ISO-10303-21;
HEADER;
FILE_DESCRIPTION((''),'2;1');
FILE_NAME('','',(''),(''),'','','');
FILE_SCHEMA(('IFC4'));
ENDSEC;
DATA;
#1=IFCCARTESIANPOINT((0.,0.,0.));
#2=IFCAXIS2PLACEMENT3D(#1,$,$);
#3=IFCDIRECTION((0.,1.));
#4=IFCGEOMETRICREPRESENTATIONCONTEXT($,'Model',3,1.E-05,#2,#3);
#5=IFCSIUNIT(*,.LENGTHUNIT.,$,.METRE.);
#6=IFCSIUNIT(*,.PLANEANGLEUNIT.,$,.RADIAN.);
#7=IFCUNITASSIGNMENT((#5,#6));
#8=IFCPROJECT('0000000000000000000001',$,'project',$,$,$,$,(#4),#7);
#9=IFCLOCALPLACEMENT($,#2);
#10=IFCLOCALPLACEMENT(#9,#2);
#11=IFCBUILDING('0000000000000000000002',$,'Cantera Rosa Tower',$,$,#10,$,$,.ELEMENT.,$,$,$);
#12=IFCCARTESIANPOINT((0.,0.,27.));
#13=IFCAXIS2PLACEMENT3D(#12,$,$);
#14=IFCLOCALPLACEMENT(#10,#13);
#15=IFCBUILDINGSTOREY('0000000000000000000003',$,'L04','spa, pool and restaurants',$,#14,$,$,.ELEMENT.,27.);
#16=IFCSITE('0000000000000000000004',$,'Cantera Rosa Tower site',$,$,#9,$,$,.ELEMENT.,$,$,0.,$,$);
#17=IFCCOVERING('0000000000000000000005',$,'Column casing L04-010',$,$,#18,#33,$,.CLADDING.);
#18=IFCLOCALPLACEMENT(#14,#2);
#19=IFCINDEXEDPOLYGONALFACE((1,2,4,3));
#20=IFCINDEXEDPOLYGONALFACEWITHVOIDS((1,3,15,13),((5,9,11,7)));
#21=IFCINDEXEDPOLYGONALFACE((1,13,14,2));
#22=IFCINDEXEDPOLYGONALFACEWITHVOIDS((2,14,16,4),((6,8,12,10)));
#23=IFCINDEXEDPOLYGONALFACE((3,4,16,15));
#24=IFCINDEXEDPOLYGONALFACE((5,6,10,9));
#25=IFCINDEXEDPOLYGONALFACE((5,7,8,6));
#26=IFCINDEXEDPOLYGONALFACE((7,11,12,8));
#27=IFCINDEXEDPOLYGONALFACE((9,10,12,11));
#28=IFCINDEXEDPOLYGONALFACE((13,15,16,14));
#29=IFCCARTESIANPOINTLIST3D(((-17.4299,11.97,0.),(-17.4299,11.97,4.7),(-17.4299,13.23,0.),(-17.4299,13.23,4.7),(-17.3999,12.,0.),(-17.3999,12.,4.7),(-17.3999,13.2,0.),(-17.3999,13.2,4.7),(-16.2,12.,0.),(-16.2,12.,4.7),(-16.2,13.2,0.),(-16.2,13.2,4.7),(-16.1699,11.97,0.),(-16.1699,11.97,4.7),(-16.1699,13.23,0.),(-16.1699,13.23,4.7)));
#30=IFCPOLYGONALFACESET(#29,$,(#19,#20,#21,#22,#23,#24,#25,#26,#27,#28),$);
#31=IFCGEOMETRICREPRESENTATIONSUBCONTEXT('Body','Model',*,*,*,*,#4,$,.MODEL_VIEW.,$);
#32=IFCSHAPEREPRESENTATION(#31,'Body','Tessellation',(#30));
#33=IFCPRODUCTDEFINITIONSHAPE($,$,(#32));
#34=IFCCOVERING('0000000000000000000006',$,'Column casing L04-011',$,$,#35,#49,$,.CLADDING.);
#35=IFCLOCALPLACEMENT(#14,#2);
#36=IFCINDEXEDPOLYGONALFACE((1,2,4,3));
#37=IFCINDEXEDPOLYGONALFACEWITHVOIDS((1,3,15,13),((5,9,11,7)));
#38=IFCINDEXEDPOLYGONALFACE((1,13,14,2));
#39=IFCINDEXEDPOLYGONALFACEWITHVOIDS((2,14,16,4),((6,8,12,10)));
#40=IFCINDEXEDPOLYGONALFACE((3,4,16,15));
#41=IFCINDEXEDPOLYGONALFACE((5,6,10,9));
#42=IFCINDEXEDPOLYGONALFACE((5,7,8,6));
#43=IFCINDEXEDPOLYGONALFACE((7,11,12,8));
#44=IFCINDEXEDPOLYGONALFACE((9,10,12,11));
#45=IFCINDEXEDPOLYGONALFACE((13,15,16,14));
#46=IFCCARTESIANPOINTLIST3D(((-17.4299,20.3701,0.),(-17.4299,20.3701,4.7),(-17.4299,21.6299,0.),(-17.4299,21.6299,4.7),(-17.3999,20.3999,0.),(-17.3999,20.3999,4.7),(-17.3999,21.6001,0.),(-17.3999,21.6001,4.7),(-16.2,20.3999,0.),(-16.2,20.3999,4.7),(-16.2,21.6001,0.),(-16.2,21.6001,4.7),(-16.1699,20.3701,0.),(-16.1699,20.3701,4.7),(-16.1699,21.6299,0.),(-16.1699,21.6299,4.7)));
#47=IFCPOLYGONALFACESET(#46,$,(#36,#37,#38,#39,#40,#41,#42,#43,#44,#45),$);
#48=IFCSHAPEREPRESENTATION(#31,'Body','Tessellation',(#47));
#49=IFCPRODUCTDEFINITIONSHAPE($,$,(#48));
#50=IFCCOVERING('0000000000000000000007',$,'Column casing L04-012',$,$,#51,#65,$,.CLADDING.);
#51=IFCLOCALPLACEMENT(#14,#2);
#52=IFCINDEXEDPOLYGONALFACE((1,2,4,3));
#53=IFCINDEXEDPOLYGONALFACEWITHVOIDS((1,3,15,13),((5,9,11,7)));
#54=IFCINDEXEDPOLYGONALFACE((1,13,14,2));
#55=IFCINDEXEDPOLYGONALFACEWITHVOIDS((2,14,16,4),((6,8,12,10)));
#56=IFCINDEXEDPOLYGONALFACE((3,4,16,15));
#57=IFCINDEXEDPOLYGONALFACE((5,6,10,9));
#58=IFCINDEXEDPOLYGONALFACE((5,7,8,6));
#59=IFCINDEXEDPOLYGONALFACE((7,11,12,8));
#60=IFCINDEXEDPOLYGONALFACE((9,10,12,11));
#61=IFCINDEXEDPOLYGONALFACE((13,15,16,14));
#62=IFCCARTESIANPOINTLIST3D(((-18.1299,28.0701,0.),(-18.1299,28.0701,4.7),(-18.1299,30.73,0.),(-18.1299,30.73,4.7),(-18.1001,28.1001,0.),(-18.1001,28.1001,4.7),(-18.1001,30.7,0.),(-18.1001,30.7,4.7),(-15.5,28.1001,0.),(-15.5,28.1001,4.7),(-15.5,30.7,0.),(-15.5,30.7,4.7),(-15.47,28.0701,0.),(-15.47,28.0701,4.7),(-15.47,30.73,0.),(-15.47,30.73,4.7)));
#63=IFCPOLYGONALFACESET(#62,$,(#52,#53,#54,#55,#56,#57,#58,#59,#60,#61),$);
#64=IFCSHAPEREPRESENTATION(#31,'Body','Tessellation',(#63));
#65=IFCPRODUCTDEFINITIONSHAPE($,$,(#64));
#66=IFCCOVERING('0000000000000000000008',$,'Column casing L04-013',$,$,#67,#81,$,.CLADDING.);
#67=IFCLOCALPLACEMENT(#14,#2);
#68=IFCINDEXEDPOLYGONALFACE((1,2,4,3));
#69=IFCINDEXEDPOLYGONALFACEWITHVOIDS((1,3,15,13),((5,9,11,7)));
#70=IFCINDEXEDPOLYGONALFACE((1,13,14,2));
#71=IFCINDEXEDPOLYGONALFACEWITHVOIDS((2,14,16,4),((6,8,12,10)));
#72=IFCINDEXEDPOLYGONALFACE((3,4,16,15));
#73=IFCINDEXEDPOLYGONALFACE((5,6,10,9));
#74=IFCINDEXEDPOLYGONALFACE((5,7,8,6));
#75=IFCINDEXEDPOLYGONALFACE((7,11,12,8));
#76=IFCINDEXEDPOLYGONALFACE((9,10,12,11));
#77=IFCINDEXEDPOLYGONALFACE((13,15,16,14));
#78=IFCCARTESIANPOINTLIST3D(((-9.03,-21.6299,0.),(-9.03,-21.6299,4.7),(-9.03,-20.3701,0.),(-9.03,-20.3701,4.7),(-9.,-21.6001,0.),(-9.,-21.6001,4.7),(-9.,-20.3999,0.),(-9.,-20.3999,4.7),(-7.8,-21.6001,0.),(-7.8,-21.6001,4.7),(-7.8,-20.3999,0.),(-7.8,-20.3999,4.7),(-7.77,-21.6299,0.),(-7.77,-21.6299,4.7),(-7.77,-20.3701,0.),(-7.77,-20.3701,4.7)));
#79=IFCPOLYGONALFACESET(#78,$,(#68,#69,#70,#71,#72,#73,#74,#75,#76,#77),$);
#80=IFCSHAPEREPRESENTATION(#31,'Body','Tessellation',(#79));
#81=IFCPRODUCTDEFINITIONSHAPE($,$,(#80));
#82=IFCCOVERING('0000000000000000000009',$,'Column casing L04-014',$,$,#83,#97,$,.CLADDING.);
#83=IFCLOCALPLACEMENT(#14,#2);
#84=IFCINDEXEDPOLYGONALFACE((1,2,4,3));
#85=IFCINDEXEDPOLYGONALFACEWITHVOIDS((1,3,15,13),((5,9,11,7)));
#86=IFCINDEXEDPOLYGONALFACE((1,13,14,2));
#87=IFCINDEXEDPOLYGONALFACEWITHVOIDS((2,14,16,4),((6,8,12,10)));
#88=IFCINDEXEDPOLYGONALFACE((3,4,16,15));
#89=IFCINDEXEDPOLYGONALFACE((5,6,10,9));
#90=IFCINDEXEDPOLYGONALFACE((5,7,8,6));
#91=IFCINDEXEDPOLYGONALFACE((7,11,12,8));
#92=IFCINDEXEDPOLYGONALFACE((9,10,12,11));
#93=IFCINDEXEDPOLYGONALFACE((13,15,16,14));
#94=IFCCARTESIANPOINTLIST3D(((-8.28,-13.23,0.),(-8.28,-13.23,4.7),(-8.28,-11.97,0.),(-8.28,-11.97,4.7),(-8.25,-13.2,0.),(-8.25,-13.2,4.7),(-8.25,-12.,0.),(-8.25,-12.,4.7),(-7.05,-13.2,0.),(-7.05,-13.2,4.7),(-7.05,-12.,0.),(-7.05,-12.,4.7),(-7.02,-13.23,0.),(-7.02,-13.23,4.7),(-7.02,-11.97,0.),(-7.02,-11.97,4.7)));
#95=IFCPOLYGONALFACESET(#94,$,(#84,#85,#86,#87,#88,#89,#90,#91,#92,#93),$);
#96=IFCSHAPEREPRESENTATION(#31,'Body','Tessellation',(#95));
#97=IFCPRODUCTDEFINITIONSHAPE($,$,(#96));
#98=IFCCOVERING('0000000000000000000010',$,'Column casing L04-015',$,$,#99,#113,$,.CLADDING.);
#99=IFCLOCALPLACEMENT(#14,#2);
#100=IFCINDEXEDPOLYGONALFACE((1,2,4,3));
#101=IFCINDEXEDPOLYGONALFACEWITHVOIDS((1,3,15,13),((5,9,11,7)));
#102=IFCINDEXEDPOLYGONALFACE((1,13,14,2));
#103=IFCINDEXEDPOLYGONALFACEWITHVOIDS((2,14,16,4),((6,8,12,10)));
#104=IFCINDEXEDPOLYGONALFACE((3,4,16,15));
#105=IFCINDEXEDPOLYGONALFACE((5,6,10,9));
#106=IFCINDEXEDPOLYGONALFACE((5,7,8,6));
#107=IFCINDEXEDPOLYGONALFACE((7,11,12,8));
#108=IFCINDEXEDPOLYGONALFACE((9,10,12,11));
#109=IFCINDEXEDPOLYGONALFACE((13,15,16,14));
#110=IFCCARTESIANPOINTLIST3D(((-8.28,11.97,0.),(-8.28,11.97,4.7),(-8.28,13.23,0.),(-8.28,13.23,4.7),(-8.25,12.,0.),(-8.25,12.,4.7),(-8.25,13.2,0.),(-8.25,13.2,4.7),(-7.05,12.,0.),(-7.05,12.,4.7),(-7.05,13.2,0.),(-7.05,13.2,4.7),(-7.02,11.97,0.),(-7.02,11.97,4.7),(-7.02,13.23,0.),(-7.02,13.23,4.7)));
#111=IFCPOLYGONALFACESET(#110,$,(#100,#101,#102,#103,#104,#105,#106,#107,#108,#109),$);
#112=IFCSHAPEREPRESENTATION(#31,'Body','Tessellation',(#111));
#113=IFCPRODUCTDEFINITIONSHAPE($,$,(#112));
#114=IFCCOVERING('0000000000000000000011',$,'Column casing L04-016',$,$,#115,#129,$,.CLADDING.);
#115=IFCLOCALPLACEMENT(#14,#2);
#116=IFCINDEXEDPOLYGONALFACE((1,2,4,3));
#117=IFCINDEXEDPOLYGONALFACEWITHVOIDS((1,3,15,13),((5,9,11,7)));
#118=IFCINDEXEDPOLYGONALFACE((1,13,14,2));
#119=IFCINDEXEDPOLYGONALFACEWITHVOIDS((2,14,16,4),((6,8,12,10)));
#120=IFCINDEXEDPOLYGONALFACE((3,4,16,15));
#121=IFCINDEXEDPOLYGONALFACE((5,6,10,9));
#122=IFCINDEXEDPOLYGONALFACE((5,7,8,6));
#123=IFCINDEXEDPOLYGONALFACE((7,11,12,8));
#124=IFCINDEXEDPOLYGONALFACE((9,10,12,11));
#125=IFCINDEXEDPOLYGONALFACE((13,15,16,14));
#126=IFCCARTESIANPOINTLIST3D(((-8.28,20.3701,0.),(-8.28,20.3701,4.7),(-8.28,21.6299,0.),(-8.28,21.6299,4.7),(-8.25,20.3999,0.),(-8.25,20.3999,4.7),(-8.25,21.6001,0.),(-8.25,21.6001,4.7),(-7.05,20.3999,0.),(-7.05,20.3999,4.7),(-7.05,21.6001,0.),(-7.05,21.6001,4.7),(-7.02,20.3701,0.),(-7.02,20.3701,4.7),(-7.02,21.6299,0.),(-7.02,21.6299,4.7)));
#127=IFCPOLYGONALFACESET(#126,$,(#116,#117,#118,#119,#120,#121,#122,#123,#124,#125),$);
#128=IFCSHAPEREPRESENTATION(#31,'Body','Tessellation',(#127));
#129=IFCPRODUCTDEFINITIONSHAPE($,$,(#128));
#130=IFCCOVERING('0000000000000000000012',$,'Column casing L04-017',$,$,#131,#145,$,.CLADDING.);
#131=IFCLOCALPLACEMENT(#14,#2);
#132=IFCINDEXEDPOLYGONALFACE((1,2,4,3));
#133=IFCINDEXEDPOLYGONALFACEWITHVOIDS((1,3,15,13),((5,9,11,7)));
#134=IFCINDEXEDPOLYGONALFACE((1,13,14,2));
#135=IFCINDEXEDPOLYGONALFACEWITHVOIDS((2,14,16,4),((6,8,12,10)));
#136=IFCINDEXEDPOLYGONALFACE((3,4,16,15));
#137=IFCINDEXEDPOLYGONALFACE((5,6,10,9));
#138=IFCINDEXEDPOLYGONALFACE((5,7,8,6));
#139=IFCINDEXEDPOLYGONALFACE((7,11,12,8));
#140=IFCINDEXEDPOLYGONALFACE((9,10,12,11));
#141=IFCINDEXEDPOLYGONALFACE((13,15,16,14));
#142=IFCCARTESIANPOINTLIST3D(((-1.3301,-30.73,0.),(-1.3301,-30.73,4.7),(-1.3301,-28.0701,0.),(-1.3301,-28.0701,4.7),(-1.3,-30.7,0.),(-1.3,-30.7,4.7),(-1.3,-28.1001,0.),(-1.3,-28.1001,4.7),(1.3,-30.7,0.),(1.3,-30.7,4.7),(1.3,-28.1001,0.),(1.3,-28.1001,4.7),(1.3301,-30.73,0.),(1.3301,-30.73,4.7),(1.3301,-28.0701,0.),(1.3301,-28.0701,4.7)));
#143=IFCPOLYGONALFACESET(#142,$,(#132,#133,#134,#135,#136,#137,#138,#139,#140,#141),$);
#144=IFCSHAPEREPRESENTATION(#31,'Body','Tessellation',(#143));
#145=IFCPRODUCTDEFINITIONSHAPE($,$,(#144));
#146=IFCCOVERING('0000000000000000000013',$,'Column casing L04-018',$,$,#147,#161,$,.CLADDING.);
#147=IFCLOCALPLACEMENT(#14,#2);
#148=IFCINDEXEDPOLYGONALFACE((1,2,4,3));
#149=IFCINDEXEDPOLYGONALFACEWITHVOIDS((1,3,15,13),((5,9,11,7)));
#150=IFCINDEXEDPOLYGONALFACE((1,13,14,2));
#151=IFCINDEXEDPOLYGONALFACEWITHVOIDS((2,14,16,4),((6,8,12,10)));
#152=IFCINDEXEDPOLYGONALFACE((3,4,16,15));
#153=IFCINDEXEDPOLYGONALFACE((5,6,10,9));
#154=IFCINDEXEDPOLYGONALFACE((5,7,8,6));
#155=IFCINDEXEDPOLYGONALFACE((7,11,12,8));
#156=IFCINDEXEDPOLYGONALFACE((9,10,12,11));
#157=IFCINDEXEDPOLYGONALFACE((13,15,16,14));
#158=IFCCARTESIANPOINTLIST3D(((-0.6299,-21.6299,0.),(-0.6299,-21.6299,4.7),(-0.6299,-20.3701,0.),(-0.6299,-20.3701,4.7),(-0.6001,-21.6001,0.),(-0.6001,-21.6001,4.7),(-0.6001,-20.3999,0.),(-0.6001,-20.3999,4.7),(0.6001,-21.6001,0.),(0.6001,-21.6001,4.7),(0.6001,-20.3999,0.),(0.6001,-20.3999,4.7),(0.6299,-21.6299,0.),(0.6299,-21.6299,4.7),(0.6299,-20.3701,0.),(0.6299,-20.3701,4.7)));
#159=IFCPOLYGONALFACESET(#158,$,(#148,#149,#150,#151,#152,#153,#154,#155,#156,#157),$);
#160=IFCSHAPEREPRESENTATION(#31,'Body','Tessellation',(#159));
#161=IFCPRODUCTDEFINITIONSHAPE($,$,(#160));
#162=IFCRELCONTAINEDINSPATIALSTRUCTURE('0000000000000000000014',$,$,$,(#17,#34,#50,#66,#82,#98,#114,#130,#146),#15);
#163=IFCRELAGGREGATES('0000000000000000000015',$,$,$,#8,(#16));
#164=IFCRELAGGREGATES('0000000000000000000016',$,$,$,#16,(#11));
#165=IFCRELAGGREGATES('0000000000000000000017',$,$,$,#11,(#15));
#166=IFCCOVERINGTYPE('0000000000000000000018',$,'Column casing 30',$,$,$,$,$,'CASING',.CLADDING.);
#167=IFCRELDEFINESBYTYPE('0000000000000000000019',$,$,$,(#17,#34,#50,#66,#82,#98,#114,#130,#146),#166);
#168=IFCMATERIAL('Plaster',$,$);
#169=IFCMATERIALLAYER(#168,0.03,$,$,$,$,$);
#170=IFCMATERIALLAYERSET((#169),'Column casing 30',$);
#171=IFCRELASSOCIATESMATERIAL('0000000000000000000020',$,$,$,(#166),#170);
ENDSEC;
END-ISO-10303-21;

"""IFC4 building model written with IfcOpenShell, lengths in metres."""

from ifc_helpers import new_model, si_unit, direction, frame, origin, place, context, subcontext, project, spatial, polyline, outline, extrude, material, layer, layer_set, type_object, element, save


model = new_model("IFC4")

# Units and contexts
model_context = context("Model", 3, precision=1e-05, world=origin(), true_north=direction((0.0, 1.0)))
body_context = subcontext(model_context, "Body", "Model", "MODEL_VIEW")
ifc_project = project(units=[si_unit("LENGTHUNIT", "METRE"), si_unit("PLANEANGLEUNIT", "RADIAN")], contexts=[model_context])

# Site, building, storey
site_placement = place(None, origin())
site = spatial("IfcSite", under=ifc_project, at=site_placement, Name="Cantera Rosa Tower site", CompositionType="ELEMENT", RefElevation=0.0)
building_placement = place(site_placement, origin())
building = spatial("IfcBuilding", under=site, at=building_placement, Name="Cantera Rosa Tower", CompositionType="ELEMENT")
storey_placement = place(building_placement, frame((0.0, 0.0, 27.0)))
storey = spatial("IfcBuildingStorey", under=building, at=storey_placement, Name="L04", Description="spa, pool and restaurants", CompositionType="ELEMENT", Elevation=27.0)

# Coverings
ifc_material_1 = material(Name="Plaster")
ifc_layer_1 = layer(ifc_material_1, 0.03)
ifc_layer_set_1 = layer_set([ifc_layer_1], Name="Column casing 30")
covering_type = type_object("IfcCoveringType", Name="Column casing 30", ElementType="CASING", PredefinedType="CLADDING", material=ifc_layer_set_1)
covering_1_placement = place(storey_placement, origin())
element("IfcCovering", 1, at=covering_1_placement, inside=storey, type_object=covering_type, Name="Column casing L04-010", PredefinedType="CLADDING", context=body_context, shape_type="SweptSolid", body=[
    extrude(outline(polyline([(-17.4299, 11.97), (-16.1699, 11.97), (-16.1699, 13.23), (-17.4299, 13.23), (-17.4299, 11.97)]), holes=[polyline([(-16.2, 13.2), (-17.3999, 13.2), (-17.3999, 12.0), (-16.2, 12.0), (-16.2, 13.2)])]), origin(), (0.0, 0.0, 1.0), 4.7),
])
covering_2_placement = place(storey_placement, origin())
element("IfcCovering", 2, at=covering_2_placement, inside=storey, type_object=covering_type, Name="Column casing L04-011", PredefinedType="CLADDING", context=body_context, shape_type="SweptSolid", body=[
    extrude(outline(polyline([(-17.4299, 20.3701), (-16.1699, 20.3701), (-16.1699, 21.6299), (-17.4299, 21.6299), (-17.4299, 20.3701)]), holes=[polyline([(-16.2, 21.6001), (-17.3999, 21.6001), (-17.3999, 20.3999), (-16.2, 20.3999), (-16.2, 21.6001)])]), origin(), (0.0, 0.0, 1.0), 4.7),
])
covering_3_placement = place(storey_placement, origin())
element("IfcCovering", 3, at=covering_3_placement, inside=storey, type_object=covering_type, Name="Column casing L04-012", PredefinedType="CLADDING", context=body_context, shape_type="SweptSolid", body=[
    extrude(outline(polyline([(-18.1299, 28.0701), (-15.47, 28.0701), (-15.47, 30.73), (-18.1299, 30.73), (-18.1299, 28.0701)]), holes=[polyline([(-15.5, 30.7), (-18.1001, 30.7), (-18.1001, 28.1001), (-15.5, 28.1001), (-15.5, 30.7)])]), origin(), (0.0, 0.0, 1.0), 4.7),
])
covering_4_placement = place(storey_placement, origin())
element("IfcCovering", 4, at=covering_4_placement, inside=storey, type_object=covering_type, Name="Column casing L04-013", PredefinedType="CLADDING", context=body_context, shape_type="SweptSolid", body=[
    extrude(outline(polyline([(-9.03, -21.6299), (-7.77, -21.6299), (-7.77, -20.3701), (-9.03, -20.3701), (-9.03, -21.6299)]), holes=[polyline([(-7.8, -20.3999), (-9.0, -20.3999), (-9.0, -21.6001), (-7.8, -21.6001), (-7.8, -20.3999)])]), origin(), (0.0, 0.0, 1.0), 4.7),
])
covering_5_placement = place(storey_placement, origin())
element("IfcCovering", 5, at=covering_5_placement, inside=storey, type_object=covering_type, Name="Column casing L04-014", PredefinedType="CLADDING", context=body_context, shape_type="SweptSolid", body=[
    extrude(outline(polyline([(-8.28, -13.23), (-7.02, -13.23), (-7.02, -11.97), (-8.28, -11.97), (-8.28, -13.23)]), holes=[polyline([(-7.05, -12.0), (-8.25, -12.0), (-8.25, -13.2), (-7.05, -13.2), (-7.05, -12.0)])]), origin(), (0.0, 0.0, 1.0), 4.7),
])
covering_6_placement = place(storey_placement, origin())
element("IfcCovering", 6, at=covering_6_placement, inside=storey, type_object=covering_type, Name="Column casing L04-015", PredefinedType="CLADDING", context=body_context, shape_type="SweptSolid", body=[
    extrude(outline(polyline([(-8.28, 11.97), (-7.02, 11.97), (-7.02, 13.23), (-8.28, 13.23), (-8.28, 11.97)]), holes=[polyline([(-7.05, 13.2), (-8.25, 13.2), (-8.25, 12.0), (-7.05, 12.0), (-7.05, 13.2)])]), origin(), (0.0, 0.0, 1.0), 4.7),
])
covering_7_placement = place(storey_placement, origin())
element("IfcCovering", 7, at=covering_7_placement, inside=storey, type_object=covering_type, Name="Column casing L04-016", PredefinedType="CLADDING", context=body_context, shape_type="SweptSolid", body=[
    extrude(outline(polyline([(-8.28, 20.3701), (-7.02, 20.3701), (-7.02, 21.6299), (-8.28, 21.6299), (-8.28, 20.3701)]), holes=[polyline([(-7.05, 21.6001), (-8.25, 21.6001), (-8.25, 20.3999), (-7.05, 20.3999), (-7.05, 21.6001)])]), origin(), (0.0, 0.0, 1.0), 4.7),
])
covering_8_placement = place(storey_placement, origin())
element("IfcCovering", 8, at=covering_8_placement, inside=storey, type_object=covering_type, Name="Column casing L04-017", PredefinedType="CLADDING", context=body_context, shape_type="SweptSolid", body=[
    extrude(outline(polyline([(-1.3301, -30.73), (1.3301, -30.73), (1.3301, -28.0701), (-1.3301, -28.0701), (-1.3301, -30.73)]), holes=[polyline([(1.3, -28.1001), (-1.3, -28.1001), (-1.3, -30.7), (1.3, -30.7), (1.3, -28.1001)])]), origin(), (0.0, 0.0, 1.0), 4.7),
])
covering_9_placement = place(storey_placement, origin())
element("IfcCovering", 9, at=covering_9_placement, inside=storey, type_object=covering_type, Name="Column casing L04-018", PredefinedType="CLADDING", context=body_context, shape_type="SweptSolid", body=[
    extrude(outline(polyline([(-0.6299, -21.6299), (0.6299, -21.6299), (0.6299, -20.3701), (-0.6299, -20.3701), (-0.6299, -21.6299)]), holes=[polyline([(0.6001, -20.3999), (-0.6001, -20.3999), (-0.6001, -21.6001), (0.6001, -21.6001), (0.6001, -20.3999)])]), origin(), (0.0, 0.0, 1.0), 4.7),
])

save(model, "model.ifc")
